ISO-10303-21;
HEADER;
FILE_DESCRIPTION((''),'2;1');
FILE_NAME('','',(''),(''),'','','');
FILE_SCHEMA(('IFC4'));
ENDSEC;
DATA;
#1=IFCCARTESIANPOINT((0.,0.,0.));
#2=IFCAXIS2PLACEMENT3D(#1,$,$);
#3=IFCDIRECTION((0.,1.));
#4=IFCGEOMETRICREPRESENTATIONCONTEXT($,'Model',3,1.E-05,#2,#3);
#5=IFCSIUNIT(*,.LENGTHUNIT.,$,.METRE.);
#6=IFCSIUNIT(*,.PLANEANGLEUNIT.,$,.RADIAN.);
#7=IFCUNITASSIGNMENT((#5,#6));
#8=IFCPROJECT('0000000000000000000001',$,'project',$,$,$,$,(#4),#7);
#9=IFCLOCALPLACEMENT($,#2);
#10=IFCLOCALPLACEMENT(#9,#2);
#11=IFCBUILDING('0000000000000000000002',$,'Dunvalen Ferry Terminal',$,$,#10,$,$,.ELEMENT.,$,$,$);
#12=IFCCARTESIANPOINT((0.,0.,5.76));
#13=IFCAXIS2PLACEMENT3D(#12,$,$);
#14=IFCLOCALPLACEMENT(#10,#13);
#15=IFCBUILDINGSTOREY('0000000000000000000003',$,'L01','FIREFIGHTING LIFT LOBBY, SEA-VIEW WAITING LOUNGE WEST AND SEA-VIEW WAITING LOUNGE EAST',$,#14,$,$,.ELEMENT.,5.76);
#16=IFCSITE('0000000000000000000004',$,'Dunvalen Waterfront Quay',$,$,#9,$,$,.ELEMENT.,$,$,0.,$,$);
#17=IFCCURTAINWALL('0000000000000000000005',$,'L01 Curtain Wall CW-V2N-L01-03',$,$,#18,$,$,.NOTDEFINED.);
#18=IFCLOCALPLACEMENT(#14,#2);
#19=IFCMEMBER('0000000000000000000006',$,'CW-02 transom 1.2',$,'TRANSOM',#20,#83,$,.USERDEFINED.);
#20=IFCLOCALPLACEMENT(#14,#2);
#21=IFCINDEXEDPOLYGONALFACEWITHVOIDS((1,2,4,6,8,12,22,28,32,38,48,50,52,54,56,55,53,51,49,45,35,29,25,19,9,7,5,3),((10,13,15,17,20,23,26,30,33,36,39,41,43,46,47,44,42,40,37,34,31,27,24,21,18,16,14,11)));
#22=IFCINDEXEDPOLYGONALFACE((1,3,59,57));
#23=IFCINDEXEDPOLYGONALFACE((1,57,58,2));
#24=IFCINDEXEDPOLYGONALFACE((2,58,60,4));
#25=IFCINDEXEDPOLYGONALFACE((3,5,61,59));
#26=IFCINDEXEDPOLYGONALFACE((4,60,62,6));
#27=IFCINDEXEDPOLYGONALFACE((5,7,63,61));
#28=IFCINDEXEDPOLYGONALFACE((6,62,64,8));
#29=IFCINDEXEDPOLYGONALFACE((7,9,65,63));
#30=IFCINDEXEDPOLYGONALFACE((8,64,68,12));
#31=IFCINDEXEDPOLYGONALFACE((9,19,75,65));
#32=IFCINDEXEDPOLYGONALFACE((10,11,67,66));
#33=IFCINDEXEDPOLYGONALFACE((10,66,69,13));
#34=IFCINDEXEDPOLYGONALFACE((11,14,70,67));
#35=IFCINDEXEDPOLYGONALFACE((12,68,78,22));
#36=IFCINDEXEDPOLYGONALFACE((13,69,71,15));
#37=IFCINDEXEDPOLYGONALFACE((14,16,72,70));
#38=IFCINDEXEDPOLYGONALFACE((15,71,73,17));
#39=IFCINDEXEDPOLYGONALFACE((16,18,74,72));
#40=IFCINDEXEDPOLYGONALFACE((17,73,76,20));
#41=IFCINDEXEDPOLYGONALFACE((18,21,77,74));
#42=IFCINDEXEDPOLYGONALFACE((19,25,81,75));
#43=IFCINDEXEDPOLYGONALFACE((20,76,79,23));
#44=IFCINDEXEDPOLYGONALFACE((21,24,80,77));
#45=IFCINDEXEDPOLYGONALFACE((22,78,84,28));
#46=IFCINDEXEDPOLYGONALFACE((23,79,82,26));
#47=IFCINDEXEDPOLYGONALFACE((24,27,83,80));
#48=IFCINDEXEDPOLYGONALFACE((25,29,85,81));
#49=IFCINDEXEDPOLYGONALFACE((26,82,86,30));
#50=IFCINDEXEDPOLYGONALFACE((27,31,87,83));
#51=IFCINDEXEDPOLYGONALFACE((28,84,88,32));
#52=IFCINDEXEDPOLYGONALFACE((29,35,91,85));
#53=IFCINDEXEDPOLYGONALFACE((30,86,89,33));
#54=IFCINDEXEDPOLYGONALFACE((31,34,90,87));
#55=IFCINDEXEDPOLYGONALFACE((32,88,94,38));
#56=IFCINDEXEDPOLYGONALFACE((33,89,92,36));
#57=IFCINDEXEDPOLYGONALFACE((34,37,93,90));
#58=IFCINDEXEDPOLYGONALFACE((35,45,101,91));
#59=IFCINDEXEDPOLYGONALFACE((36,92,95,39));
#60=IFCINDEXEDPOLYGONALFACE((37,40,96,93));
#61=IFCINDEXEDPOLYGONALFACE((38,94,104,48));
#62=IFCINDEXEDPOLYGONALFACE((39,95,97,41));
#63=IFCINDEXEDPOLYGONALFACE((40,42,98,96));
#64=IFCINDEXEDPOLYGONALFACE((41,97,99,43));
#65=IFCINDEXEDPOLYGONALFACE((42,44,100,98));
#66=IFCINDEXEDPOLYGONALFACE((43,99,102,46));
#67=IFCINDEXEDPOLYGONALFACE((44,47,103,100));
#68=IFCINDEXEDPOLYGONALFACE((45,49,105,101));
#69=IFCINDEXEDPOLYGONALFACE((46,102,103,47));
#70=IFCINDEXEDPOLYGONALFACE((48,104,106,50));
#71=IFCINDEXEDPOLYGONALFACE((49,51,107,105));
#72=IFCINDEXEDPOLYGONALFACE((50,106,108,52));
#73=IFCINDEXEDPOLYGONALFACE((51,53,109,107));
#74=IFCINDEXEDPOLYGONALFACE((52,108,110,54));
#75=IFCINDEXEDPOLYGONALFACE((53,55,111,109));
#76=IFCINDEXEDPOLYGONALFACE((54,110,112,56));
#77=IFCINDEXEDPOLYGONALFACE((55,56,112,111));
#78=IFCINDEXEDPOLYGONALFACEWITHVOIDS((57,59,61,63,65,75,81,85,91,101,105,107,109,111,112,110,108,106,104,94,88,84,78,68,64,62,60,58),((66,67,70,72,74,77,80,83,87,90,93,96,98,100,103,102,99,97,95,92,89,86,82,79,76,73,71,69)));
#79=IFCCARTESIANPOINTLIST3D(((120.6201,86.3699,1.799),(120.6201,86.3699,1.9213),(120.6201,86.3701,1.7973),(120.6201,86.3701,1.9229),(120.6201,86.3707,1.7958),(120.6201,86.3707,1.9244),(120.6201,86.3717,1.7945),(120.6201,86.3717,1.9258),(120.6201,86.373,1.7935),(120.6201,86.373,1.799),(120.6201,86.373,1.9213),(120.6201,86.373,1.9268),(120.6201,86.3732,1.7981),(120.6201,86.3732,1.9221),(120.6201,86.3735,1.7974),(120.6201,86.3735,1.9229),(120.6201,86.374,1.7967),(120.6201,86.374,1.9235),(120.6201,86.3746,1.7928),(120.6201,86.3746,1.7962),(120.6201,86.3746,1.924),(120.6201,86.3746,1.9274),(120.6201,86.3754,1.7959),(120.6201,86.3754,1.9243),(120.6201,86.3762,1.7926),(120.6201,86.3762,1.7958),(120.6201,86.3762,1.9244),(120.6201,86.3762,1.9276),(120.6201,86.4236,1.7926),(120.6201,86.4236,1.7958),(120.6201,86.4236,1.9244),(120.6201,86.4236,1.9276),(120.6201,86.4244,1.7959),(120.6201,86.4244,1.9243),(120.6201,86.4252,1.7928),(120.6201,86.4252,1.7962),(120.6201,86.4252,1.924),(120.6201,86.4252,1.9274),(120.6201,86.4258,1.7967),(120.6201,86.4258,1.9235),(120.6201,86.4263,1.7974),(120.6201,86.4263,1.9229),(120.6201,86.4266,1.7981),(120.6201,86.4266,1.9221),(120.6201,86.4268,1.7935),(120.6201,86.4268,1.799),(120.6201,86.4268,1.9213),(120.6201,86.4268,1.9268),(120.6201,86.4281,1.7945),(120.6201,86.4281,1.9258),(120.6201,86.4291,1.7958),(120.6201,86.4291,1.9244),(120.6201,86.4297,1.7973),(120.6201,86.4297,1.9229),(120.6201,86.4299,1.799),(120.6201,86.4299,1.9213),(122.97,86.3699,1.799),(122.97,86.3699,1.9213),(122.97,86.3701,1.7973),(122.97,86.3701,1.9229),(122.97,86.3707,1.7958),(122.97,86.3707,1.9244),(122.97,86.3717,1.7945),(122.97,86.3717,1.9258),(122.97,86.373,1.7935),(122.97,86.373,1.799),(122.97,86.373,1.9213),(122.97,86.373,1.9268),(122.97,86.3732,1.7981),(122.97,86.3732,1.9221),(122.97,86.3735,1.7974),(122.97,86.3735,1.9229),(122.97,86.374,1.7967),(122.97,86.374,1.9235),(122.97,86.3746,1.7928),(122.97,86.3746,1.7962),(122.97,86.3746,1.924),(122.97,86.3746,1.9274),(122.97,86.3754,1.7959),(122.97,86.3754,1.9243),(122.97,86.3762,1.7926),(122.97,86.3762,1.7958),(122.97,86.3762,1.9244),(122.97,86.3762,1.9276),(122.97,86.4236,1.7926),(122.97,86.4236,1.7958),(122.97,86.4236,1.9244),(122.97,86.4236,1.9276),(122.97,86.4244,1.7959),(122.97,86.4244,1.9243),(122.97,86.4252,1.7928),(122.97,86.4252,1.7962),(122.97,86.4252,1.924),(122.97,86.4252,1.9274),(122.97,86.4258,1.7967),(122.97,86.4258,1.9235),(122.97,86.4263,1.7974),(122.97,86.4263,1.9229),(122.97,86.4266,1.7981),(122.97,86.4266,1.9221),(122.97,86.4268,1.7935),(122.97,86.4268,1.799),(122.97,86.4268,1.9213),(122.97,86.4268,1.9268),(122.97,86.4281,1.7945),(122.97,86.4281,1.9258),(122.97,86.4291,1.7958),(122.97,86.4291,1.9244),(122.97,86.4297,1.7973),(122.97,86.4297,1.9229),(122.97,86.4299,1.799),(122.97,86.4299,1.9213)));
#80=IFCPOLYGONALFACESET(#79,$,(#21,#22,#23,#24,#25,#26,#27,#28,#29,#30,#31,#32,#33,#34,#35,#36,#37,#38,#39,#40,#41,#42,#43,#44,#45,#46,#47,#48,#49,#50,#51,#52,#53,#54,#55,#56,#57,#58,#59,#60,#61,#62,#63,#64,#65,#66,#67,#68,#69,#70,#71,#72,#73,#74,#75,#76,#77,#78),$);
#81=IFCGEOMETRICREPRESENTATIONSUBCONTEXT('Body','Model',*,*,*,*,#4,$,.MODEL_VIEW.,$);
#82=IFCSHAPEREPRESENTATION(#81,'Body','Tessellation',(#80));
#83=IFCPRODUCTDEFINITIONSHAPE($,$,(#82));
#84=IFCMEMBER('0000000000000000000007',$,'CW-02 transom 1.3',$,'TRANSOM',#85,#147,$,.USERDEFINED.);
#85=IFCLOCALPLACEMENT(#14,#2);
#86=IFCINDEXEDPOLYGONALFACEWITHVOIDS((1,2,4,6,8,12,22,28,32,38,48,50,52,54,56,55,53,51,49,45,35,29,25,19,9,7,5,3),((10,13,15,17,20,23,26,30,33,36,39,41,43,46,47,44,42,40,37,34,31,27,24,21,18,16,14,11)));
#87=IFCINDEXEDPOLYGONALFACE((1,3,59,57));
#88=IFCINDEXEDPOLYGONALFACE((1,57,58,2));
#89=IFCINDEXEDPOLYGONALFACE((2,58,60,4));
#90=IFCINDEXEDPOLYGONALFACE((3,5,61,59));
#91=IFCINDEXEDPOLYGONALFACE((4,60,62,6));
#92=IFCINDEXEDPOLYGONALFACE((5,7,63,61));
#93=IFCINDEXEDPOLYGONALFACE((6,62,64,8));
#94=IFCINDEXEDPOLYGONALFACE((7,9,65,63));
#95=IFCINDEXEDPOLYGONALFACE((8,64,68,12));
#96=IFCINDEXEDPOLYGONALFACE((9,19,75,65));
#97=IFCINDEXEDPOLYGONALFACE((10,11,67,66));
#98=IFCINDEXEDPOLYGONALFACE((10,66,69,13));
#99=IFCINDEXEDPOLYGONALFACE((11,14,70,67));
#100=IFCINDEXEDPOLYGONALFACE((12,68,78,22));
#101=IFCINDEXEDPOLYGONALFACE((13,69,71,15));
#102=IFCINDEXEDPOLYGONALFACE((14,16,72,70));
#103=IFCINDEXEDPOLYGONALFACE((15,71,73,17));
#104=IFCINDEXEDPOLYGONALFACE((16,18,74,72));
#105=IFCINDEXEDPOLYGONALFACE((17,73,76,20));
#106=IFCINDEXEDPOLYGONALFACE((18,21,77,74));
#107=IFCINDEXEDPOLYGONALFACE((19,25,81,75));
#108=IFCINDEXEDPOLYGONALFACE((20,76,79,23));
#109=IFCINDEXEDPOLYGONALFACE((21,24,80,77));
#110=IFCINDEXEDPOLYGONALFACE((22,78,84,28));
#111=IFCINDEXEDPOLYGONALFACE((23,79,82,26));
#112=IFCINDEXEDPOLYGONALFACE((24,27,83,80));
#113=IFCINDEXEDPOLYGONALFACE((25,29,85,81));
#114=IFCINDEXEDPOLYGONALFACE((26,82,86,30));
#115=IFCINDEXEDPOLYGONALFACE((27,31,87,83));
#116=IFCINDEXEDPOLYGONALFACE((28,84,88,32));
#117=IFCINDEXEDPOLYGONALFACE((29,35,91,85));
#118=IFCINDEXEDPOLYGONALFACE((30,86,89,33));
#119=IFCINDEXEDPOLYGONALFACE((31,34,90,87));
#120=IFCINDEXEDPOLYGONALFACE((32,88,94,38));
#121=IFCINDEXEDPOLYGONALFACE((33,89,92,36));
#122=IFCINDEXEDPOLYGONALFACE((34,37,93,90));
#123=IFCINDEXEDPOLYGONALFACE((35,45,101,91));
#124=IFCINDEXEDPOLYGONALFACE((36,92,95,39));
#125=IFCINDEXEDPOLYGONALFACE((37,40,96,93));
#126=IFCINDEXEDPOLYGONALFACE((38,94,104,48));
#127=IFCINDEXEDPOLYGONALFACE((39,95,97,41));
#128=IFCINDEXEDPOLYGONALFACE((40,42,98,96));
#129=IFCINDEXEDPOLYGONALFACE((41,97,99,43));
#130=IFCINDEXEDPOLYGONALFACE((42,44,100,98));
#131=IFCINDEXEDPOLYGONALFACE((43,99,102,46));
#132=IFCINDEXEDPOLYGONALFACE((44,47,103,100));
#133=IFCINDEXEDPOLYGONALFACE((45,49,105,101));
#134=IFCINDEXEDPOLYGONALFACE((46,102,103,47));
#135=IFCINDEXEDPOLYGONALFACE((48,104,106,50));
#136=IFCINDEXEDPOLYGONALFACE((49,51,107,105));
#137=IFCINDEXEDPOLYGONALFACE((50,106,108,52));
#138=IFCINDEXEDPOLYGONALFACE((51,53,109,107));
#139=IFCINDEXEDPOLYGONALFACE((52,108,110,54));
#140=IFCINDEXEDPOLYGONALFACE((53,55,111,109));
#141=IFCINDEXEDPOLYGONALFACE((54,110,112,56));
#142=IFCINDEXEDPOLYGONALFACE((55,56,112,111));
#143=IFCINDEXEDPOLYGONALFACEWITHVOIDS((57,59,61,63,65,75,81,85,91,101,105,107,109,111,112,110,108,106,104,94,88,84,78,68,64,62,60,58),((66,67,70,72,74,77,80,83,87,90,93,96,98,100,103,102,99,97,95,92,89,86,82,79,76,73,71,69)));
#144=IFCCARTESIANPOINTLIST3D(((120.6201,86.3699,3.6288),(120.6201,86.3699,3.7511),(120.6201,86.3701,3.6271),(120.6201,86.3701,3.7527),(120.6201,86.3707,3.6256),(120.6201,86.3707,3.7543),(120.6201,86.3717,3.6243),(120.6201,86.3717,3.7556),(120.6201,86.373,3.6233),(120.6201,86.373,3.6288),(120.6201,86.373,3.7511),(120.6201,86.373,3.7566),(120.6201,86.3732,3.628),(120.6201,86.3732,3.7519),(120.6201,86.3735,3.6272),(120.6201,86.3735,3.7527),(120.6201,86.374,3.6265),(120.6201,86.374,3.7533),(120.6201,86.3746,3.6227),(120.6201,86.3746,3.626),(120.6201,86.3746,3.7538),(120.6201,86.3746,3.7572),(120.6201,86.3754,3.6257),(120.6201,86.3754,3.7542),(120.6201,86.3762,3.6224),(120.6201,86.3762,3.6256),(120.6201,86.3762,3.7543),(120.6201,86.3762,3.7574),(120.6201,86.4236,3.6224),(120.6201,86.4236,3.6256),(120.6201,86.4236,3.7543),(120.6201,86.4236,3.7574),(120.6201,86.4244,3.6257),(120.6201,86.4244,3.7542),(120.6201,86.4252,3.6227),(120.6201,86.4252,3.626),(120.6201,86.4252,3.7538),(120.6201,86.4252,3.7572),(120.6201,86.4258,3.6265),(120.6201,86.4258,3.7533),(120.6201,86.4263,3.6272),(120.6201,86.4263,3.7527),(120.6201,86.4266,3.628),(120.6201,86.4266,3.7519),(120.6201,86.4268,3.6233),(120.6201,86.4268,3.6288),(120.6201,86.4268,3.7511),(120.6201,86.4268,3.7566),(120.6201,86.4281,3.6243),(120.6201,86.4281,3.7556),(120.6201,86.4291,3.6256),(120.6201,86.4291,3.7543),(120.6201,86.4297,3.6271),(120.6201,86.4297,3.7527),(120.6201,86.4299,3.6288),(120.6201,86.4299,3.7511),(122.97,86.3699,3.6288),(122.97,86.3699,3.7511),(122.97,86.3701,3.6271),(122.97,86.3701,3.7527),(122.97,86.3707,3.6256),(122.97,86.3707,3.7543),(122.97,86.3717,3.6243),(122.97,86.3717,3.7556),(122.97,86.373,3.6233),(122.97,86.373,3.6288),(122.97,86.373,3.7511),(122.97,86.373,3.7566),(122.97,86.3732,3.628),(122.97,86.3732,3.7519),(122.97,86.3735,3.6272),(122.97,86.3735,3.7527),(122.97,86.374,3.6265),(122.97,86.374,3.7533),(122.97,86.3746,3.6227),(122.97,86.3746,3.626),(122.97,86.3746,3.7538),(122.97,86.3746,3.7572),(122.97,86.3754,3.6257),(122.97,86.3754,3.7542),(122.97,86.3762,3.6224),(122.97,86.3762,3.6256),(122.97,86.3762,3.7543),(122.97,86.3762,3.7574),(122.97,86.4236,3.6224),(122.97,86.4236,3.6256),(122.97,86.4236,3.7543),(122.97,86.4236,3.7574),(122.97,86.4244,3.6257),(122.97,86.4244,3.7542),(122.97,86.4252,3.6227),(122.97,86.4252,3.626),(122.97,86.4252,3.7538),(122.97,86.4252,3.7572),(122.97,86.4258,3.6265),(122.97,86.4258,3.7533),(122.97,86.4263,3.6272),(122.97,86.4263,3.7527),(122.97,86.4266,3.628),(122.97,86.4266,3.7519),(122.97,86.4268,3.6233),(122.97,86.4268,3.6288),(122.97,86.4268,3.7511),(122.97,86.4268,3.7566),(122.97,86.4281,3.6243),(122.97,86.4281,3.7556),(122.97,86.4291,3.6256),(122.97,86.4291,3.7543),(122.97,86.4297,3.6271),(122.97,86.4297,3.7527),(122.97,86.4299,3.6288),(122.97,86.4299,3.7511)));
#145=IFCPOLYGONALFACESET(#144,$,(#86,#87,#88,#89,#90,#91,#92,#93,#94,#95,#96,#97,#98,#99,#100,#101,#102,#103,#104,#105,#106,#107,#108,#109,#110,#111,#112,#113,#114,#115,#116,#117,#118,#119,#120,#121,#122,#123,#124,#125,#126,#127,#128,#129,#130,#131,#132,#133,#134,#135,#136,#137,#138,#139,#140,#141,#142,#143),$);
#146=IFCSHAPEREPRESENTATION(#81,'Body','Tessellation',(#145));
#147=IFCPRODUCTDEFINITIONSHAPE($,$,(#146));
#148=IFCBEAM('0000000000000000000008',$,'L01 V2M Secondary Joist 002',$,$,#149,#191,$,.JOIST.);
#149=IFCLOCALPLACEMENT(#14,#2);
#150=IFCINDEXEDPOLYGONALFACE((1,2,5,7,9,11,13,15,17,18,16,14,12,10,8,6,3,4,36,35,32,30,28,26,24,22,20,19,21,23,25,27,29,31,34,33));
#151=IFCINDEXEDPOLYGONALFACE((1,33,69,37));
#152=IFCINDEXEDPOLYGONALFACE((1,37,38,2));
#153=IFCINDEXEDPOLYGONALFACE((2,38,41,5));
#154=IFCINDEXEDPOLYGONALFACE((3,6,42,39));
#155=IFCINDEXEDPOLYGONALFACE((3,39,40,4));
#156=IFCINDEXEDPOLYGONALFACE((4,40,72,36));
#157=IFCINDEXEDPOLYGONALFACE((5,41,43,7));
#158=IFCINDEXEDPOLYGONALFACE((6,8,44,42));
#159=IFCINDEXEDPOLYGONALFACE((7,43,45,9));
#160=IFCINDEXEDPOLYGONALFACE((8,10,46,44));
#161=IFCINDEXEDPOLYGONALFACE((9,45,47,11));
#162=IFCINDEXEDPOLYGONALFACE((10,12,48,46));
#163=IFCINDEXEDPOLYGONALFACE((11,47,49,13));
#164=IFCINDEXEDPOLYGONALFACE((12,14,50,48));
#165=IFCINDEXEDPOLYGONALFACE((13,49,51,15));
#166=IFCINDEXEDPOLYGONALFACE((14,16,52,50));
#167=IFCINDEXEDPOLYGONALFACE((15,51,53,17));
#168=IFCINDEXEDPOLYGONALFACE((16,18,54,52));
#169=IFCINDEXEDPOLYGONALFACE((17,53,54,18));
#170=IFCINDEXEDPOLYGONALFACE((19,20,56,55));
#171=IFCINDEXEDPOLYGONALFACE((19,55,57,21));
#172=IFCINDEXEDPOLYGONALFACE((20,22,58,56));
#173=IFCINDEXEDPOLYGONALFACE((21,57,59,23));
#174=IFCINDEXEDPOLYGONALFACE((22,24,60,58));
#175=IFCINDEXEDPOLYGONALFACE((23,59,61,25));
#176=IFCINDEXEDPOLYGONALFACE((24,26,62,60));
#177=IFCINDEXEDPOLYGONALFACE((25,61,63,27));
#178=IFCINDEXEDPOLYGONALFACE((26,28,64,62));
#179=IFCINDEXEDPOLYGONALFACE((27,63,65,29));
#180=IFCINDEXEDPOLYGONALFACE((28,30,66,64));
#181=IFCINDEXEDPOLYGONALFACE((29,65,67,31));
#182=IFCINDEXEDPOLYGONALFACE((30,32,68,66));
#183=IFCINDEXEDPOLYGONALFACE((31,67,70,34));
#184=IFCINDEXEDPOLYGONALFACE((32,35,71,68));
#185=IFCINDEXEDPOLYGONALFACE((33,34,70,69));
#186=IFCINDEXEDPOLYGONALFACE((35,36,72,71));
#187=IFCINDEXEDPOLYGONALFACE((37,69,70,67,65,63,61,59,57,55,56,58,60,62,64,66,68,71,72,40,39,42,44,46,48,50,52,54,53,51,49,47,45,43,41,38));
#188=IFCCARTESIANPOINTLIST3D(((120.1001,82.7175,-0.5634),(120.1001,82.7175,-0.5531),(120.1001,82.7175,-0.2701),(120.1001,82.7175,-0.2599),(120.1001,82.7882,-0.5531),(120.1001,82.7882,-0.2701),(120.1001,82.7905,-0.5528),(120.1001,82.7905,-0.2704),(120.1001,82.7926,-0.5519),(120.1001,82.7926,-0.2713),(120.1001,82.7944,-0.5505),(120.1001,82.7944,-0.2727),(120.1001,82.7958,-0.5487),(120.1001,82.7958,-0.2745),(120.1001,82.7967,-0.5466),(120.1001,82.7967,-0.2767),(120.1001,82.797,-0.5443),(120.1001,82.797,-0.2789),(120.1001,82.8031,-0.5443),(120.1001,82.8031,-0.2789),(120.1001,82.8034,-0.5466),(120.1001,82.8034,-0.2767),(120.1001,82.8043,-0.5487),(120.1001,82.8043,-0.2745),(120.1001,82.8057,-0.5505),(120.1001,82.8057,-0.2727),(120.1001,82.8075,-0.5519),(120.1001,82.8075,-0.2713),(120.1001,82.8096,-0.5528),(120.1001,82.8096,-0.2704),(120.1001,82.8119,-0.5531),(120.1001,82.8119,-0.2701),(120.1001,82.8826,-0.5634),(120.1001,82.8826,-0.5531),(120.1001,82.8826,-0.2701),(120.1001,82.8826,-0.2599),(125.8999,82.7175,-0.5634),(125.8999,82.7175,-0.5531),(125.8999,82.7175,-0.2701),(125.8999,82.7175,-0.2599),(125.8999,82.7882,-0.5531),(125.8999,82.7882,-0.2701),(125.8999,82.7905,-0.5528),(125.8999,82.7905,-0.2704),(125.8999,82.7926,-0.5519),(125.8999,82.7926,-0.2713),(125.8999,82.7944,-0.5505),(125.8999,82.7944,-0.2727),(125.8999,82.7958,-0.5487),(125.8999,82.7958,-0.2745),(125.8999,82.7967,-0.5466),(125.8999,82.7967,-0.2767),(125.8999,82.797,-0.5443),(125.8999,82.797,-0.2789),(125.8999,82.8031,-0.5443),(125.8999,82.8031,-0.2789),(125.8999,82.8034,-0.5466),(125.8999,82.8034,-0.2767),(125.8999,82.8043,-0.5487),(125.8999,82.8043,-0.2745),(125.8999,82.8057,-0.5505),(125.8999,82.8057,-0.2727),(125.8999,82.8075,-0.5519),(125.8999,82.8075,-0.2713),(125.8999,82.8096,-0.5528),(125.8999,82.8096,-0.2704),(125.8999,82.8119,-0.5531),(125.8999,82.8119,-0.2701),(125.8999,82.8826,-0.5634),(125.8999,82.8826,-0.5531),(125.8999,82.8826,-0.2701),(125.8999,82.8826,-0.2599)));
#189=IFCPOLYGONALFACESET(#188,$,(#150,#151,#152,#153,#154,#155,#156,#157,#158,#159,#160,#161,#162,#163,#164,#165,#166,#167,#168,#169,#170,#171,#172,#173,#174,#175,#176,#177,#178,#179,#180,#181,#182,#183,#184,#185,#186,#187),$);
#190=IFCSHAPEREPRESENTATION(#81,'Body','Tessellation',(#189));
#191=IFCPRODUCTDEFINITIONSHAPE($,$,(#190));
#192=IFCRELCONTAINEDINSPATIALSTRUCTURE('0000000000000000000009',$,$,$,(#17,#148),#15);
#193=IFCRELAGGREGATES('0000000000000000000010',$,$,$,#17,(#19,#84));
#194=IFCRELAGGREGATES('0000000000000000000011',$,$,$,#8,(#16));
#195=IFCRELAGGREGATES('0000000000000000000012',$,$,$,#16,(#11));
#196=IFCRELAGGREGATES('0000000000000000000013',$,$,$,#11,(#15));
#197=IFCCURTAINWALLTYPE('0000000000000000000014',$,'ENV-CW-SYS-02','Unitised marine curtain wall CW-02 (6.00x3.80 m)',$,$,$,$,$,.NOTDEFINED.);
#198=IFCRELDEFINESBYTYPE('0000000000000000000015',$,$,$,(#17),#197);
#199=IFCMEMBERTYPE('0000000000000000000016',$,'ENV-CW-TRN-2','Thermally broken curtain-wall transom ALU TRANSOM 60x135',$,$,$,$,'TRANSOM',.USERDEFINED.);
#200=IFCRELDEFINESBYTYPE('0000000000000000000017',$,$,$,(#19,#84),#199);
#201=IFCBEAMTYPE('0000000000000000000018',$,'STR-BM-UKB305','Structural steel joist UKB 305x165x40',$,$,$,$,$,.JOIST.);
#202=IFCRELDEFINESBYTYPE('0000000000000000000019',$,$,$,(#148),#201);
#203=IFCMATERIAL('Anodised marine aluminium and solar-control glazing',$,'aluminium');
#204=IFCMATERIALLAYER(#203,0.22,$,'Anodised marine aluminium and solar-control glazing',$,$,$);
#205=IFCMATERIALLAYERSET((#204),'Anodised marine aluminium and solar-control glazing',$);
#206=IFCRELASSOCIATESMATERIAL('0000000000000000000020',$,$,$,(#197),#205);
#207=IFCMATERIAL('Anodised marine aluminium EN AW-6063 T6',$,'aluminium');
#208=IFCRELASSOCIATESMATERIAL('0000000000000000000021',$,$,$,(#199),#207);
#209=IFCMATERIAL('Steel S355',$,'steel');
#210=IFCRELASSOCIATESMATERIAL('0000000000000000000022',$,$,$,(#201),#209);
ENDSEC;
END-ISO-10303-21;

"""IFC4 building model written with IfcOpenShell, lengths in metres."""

from ifc_helpers import new_model, si_unit, direction, frame, origin, origin_2d, place, context, subcontext, project, spatial, hollow_rectangle, i_section, extrude, material, layer, layer_set, material_profile, profile_set, type_object, element, aggregate, save


model = new_model("IFC4")

# Units and contexts
model_context = context("Model", 3, precision=1e-05, world=origin(), true_north=direction((0.0, 1.0)))
body_context = subcontext(model_context, "Body", "Model", "MODEL_VIEW")
ifc_project = project(units=[si_unit("LENGTHUNIT", "METRE"), si_unit("PLANEANGLEUNIT", "RADIAN")], contexts=[model_context])

# Site, building, storey
site_placement = place(None, origin())
site = spatial("IfcSite", under=ifc_project, at=site_placement, Name="Dunvalen Waterfront Quay", CompositionType="ELEMENT", RefElevation=0.0)
building_placement = place(site_placement, origin())
building = spatial("IfcBuilding", under=site, at=building_placement, Name="Dunvalen Ferry Terminal", CompositionType="ELEMENT")
storey_placement = place(building_placement, frame((0.0, 0.0, 5.76)))
storey = spatial("IfcBuildingStorey", under=building, at=storey_placement, Name="L01", Description="FIREFIGHTING LIFT LOBBY, SEA-VIEW WAITING LOUNGE WEST AND SEA-VIEW WAITING LOUNGE EAST", CompositionType="ELEMENT", Elevation=5.76)

# Shared definitions
ifc_material_1 = material(Name="Anodised marine aluminium and solar-control glazing", Category="aluminium")
ifc_layer_1 = layer(ifc_material_1, 0.22, Name="Anodised marine aluminium and solar-control glazing")
ifc_layer_set_1 = layer_set([ifc_layer_1], Name="Anodised marine aluminium and solar-control glazing")
curtain_wall_type = type_object("IfcCurtainWallType", Name="ENV-CW-SYS-02", Description="Unitised marine curtain wall CW-02 (6.00x3.80 m)", PredefinedType="NOTDEFINED", material=ifc_layer_set_1)
ifc_material_2 = material(Name="Anodised marine aluminium EN AW-6063 T6", Category="aluminium")

# Curtain wall
curtain_wall_1_placement = place(storey_placement, origin())
curtain_wall_1 = element("IfcCurtainWall", 1, at=curtain_wall_1_placement, inside=storey, type_object=curtain_wall_type, Name="L01 Curtain Wall CW-V2N-L01-03", PredefinedType="NOTDEFINED")

# Members
ifc_material_profile_1 = material_profile(ifc_material_2, hollow_rectangle(XDim=0.0601, YDim=0.135, WallThickness=0.0032, InnerFilletRadius=0.0032, OuterFilletRadius=0.0063, at=origin_2d()), Name="Anodised marine aluminium EN AW-6063 T6")
ifc_profile_set_1 = profile_set([ifc_material_profile_1], Name="Anodised marine aluminium EN AW-6063 T6")
member_type_1 = type_object("IfcMemberType", Name="ENV-CW-TRN-2", Description="Thermally broken curtain-wall transom ALU TRANSOM 60x135", ElementType="TRANSOM", PredefinedType="USERDEFINED", material=ifc_profile_set_1)
member_1_placement = place(storey_placement, frame((120.6201, 86.3999, 1.8601), z_axis=(1.0, 0.0, 0.0), x_axis=(0.0, 1.0, 0.0)))
member_1 = element("IfcMember", 2, at=member_1_placement, type_object=member_type_1, Name="CW-02 transom 1.2", ObjectType="TRANSOM", PredefinedType="USERDEFINED", context=body_context, shape_type="SweptSolid", body=[
    extrude(hollow_rectangle(XDim=0.0601, YDim=0.135, WallThickness=0.0032, InnerFilletRadius=0.0032, OuterFilletRadius=0.0063, at=origin_2d()), origin(), (0.0, 0.0, 1.0), 2.3499),
])
member_2_placement = place(storey_placement, frame((120.6201, 86.3999, 3.6899), z_axis=(1.0, 0.0, 0.0), x_axis=(0.0, 1.0, 0.0)))
member_2 = element("IfcMember", 3, at=member_2_placement, type_object=member_type_1, Name="CW-02 transom 1.3", ObjectType="TRANSOM", PredefinedType="USERDEFINED", context=body_context, shape_type="SweptSolid", body=[
    extrude(hollow_rectangle(XDim=0.0601, YDim=0.135, WallThickness=0.0032, InnerFilletRadius=0.0032, OuterFilletRadius=0.0063, at=origin_2d()), origin(), (0.0, 0.0, 1.0), 2.3499),
])
aggregate(curtain_wall_1, [member_1, member_2])

# Beam
ifc_material_3 = material(Name="Steel S355", Category="steel")
ifc_material_profile_2 = material_profile(ifc_material_3, i_section(OverallWidth=0.165, OverallDepth=0.3035, WebThickness=0.0061, FlangeThickness=0.0103, FilletRadius=0.0088, at=origin_2d()), Name="Steel S355")
ifc_profile_set_2 = profile_set([ifc_material_profile_2], Name="Steel S355")
beam_type_1 = type_object("IfcBeamType", Name="STR-BM-UKB305", Description="Structural steel joist UKB 305x165x40", PredefinedType="JOIST", material=ifc_profile_set_2)
for number, where, z_axis, x_axis, name in (
    (4, (120.1001, 82.8, -0.4116), (1.0, 0.0, 0.0), (0.0, 1.0, 0.0), "L01 V2M Secondary Joist 002"),
):
    element("IfcBeam", number, at=place(storey_placement, frame(where, z_axis=z_axis, x_axis=x_axis)), inside=storey, type_object=beam_type_1, Name=name, PredefinedType="JOIST", context=body_context, shape_type="SweptSolid", body=[
        extrude(i_section(OverallWidth=0.165, OverallDepth=0.3035, WebThickness=0.0061, FlangeThickness=0.0103, FilletRadius=0.0088, at=origin_2d()), origin(), (0.0, 0.0, 1.0), 5.7998),
    ])

save(model, "model.ifc")
